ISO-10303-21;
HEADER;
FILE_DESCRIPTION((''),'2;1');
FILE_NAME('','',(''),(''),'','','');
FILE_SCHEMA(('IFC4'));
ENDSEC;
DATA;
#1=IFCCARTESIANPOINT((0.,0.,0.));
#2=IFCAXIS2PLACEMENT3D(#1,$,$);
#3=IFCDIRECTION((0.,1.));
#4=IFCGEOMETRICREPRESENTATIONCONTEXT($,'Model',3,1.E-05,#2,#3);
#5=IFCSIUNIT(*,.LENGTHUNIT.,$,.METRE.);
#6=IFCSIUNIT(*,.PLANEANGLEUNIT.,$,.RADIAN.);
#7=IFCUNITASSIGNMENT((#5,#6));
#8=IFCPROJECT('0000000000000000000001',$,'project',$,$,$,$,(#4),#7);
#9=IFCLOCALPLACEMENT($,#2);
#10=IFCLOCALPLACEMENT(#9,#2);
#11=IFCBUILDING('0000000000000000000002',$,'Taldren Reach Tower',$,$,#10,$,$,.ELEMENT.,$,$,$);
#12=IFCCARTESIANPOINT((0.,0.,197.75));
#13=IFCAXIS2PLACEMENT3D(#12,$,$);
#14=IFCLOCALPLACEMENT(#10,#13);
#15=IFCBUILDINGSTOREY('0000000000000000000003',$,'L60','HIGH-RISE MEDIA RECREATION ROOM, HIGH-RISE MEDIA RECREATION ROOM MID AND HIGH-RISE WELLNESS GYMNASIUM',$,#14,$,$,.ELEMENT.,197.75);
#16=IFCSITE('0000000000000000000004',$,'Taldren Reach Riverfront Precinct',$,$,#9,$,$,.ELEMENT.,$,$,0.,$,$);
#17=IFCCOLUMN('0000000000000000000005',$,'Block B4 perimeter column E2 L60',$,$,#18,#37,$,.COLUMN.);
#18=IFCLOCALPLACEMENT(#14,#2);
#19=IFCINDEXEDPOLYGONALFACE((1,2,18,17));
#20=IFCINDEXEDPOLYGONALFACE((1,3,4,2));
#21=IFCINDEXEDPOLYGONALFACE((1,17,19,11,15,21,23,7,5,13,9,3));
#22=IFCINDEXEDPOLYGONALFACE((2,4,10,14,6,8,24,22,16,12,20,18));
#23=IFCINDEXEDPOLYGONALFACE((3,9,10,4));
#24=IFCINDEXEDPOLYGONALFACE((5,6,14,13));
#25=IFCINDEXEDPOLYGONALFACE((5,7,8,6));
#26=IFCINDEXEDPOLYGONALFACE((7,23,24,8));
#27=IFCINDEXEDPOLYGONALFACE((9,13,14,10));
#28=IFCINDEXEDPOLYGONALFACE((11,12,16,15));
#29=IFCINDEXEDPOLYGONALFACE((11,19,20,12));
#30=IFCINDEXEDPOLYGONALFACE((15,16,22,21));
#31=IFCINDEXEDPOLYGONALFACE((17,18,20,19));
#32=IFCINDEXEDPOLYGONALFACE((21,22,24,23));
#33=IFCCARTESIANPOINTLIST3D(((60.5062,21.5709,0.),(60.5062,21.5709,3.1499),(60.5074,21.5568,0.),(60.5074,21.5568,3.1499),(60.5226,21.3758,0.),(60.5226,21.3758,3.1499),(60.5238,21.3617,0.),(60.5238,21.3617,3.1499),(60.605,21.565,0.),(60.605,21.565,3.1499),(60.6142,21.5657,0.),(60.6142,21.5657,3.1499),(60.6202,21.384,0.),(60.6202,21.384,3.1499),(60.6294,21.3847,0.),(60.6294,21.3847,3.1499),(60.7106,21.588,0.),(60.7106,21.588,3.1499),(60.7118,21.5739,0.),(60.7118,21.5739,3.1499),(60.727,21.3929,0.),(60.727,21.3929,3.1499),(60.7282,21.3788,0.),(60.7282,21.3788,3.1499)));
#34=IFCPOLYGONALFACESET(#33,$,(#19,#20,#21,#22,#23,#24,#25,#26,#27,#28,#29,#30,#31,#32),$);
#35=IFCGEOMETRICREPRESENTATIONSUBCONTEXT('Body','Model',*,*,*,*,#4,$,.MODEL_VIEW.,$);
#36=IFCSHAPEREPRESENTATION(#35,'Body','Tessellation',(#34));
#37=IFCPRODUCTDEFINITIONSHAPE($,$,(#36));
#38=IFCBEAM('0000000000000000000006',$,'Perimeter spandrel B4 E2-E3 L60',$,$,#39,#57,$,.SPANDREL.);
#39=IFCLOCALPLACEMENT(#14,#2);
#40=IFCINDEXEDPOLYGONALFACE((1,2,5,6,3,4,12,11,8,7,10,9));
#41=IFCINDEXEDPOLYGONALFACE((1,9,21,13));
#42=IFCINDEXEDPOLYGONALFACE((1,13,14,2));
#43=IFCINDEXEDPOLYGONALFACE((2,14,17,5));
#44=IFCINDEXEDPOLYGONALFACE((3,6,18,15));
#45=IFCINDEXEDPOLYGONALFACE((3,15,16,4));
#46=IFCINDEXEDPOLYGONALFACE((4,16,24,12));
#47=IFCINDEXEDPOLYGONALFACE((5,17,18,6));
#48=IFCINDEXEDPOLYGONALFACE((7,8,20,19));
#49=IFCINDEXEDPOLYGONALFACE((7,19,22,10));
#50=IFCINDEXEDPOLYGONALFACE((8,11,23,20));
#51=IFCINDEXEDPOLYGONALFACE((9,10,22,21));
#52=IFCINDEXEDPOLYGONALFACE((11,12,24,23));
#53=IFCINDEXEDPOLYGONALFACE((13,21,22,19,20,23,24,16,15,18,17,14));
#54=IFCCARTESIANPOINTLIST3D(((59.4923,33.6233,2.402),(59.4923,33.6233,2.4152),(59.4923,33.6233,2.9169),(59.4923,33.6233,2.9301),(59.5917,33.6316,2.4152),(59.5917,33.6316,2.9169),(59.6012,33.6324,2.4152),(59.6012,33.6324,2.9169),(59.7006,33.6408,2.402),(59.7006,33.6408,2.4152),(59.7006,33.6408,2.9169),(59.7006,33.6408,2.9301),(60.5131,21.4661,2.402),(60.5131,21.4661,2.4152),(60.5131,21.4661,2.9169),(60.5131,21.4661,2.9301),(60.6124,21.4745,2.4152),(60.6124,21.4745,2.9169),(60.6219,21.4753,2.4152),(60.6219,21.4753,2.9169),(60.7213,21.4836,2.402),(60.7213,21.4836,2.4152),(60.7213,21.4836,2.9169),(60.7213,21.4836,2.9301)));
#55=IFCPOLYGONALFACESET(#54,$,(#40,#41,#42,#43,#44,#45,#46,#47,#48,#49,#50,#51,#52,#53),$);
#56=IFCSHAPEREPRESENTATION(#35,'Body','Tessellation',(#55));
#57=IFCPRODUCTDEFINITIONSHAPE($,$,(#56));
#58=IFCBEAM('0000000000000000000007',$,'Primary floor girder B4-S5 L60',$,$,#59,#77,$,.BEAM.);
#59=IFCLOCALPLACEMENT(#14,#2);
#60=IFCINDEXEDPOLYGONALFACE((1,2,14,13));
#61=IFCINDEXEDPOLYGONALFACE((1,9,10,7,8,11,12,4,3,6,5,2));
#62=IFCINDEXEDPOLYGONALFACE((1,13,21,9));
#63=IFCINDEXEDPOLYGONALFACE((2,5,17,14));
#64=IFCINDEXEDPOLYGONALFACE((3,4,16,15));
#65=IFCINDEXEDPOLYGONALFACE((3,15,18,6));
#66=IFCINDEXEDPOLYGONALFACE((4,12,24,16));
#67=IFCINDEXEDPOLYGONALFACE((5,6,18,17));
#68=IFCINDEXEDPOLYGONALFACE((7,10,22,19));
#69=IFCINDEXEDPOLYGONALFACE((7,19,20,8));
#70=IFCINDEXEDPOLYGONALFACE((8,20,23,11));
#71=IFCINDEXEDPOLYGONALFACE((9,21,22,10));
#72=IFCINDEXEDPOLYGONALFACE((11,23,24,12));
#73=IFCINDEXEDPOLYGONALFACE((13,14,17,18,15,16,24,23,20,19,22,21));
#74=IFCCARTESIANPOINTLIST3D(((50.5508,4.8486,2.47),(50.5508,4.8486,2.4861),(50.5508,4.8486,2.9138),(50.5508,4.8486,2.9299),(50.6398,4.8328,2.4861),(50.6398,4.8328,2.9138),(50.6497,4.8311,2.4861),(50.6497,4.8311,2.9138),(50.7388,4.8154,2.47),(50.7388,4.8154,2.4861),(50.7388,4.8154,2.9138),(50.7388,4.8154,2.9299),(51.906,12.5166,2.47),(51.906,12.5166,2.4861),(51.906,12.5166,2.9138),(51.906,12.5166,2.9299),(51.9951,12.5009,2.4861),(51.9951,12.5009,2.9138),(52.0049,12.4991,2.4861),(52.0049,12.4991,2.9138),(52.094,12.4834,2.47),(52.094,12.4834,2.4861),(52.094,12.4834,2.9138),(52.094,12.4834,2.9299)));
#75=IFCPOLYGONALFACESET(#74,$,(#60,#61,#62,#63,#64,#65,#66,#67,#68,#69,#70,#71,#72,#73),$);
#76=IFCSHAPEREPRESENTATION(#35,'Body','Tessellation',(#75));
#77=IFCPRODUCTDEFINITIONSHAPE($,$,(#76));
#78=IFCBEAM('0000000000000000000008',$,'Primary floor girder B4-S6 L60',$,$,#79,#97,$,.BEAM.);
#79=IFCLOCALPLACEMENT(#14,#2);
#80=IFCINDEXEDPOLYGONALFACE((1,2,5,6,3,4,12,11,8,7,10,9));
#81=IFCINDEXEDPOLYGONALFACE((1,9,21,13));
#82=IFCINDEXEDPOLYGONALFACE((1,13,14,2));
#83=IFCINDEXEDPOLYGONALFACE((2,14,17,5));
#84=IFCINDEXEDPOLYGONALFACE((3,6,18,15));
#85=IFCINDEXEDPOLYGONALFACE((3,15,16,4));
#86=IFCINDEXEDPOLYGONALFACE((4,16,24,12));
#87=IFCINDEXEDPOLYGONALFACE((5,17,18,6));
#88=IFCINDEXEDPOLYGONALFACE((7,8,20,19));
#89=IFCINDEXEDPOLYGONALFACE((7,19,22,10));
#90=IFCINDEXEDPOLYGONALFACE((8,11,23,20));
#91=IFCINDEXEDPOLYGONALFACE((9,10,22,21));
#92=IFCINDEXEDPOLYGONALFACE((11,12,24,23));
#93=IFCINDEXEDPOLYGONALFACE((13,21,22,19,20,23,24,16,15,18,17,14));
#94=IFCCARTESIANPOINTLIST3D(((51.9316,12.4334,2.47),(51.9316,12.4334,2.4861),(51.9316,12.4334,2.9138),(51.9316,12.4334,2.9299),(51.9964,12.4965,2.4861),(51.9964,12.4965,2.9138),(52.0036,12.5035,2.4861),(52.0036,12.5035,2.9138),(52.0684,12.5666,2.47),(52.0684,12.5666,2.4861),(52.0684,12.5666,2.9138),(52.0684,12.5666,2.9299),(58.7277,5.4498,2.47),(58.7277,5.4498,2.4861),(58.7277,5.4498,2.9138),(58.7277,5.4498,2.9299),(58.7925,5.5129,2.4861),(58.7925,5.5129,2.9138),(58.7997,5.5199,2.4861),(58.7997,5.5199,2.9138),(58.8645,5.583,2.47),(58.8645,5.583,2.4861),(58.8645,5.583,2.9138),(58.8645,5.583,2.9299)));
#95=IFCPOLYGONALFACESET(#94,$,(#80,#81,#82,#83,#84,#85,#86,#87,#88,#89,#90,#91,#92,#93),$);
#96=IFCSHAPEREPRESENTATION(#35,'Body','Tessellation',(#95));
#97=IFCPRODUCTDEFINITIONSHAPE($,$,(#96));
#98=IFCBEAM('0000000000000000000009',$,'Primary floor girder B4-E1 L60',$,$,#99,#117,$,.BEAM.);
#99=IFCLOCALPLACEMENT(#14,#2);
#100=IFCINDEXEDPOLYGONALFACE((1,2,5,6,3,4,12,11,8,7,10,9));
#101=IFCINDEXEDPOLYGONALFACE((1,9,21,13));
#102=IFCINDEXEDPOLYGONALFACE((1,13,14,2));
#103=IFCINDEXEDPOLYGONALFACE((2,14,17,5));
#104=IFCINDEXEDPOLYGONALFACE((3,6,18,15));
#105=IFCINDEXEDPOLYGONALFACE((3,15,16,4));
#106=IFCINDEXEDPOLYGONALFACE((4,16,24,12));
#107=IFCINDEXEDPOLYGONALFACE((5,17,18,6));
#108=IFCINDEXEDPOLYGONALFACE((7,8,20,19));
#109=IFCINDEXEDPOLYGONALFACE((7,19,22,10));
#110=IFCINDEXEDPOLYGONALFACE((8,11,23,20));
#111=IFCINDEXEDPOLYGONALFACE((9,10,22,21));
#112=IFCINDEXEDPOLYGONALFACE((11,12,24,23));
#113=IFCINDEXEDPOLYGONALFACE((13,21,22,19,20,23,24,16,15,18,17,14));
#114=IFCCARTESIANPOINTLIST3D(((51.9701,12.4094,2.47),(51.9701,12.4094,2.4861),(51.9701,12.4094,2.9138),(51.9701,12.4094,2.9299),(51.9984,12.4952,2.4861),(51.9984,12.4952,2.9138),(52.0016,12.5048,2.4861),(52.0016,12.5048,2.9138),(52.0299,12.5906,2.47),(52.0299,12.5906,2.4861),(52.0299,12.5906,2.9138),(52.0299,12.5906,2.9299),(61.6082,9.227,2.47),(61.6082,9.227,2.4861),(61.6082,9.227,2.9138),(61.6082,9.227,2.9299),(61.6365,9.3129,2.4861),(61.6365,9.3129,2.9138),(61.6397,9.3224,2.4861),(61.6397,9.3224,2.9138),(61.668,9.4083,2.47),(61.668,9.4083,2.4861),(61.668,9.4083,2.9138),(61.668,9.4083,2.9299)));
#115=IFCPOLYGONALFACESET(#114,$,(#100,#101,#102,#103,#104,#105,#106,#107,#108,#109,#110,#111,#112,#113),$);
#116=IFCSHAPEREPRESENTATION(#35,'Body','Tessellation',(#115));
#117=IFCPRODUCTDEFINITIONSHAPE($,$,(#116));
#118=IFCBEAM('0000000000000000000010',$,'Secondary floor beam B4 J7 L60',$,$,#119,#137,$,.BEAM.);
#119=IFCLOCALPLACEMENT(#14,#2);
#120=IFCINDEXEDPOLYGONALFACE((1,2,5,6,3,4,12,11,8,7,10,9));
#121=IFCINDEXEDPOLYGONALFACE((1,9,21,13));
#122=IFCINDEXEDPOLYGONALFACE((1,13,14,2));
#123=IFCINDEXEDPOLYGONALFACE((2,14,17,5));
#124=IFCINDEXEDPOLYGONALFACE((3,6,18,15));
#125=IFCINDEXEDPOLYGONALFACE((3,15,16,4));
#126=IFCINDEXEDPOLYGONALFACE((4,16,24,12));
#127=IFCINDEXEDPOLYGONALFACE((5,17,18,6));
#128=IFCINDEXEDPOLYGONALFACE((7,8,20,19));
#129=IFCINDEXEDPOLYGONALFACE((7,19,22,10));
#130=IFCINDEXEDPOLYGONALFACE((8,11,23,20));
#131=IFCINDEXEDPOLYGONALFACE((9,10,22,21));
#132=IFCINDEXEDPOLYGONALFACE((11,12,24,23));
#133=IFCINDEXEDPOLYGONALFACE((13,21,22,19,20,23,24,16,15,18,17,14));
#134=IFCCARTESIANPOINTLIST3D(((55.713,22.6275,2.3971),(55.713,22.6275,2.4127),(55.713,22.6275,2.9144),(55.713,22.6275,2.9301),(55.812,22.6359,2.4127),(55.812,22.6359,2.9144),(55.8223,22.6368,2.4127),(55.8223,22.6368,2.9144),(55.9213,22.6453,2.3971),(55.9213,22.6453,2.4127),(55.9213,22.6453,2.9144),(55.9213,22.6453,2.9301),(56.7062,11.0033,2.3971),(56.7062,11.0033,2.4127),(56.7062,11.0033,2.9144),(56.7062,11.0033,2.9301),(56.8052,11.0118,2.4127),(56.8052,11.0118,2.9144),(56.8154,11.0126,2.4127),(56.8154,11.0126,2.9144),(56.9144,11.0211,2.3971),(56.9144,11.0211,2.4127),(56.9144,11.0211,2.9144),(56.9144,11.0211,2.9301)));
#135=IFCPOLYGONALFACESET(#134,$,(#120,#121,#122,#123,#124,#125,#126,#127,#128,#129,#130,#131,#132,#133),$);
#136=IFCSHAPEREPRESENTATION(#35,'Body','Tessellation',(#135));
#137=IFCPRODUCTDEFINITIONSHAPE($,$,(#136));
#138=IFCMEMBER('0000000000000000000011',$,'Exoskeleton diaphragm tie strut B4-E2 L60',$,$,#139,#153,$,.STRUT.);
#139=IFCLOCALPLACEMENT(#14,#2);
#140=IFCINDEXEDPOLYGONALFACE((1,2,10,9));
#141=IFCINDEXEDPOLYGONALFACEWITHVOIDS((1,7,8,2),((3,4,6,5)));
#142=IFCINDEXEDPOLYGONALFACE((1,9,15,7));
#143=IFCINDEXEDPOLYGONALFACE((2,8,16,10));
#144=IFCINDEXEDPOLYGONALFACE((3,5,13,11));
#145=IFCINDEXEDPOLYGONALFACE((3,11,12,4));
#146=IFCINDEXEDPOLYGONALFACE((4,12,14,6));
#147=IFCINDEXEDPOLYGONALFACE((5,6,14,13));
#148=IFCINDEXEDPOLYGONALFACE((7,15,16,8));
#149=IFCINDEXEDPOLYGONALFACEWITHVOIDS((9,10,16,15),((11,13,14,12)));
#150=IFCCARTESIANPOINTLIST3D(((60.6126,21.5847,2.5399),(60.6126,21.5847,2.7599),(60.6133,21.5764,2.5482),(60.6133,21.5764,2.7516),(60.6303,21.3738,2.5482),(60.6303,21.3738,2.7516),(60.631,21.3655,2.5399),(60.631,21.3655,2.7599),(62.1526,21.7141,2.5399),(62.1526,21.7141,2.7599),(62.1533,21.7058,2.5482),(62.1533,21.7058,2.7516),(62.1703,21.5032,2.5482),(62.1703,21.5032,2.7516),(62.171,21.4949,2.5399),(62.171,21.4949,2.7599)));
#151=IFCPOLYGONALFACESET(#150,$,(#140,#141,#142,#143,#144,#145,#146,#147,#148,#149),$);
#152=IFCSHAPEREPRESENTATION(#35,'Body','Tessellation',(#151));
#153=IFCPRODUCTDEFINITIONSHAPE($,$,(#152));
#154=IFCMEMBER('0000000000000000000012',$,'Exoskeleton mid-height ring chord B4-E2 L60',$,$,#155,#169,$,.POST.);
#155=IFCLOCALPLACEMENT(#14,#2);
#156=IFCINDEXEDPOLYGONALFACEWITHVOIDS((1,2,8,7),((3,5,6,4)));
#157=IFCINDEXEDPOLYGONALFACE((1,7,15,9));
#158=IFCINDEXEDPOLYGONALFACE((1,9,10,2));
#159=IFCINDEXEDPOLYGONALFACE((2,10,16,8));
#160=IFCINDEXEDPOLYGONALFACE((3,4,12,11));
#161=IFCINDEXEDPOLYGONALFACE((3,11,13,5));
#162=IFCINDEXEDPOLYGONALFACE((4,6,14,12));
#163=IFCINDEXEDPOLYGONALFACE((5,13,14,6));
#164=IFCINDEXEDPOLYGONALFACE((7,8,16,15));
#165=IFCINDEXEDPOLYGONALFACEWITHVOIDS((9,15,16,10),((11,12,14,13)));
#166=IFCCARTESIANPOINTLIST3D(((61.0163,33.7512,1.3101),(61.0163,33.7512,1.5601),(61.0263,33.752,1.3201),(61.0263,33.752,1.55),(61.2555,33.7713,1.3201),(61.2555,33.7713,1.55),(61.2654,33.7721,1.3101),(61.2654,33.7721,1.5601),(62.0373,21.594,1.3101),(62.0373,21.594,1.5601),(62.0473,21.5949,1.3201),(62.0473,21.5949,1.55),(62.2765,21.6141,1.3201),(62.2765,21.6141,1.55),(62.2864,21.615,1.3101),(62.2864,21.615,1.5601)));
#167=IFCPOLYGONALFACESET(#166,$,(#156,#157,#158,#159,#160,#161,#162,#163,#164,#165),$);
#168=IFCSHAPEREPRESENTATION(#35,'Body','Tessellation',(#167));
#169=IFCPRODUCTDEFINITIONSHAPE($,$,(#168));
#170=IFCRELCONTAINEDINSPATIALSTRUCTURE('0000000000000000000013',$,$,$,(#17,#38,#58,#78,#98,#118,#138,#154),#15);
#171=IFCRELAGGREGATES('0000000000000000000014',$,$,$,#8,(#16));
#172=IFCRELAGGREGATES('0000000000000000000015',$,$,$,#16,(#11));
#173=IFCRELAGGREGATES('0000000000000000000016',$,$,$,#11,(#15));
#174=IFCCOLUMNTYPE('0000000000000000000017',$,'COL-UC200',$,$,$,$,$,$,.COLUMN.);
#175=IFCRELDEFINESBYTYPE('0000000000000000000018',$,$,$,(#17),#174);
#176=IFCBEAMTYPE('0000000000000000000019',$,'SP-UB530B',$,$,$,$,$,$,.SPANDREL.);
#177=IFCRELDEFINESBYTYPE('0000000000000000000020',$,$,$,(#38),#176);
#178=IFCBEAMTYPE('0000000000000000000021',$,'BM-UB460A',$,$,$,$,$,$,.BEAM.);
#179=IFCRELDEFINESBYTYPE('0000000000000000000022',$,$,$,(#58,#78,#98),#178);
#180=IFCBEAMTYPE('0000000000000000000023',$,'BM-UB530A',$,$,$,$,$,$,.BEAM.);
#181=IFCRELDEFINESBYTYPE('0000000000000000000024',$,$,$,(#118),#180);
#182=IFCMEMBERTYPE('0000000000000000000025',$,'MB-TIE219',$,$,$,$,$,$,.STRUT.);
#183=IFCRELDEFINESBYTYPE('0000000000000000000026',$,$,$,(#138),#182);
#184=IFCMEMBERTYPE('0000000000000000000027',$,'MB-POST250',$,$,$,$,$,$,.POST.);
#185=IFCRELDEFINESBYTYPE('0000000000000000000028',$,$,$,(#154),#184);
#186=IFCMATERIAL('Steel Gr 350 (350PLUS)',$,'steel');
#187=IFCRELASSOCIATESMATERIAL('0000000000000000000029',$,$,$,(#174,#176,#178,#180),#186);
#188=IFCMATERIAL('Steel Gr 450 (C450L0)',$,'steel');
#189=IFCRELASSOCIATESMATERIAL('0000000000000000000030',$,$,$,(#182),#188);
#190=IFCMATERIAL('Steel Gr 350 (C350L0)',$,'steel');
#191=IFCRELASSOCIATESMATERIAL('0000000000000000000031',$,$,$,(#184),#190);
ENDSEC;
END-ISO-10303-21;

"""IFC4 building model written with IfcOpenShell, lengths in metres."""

from ifc_helpers import new_model, si_unit, direction, frame, origin, origin_2d, place, context, subcontext, project, spatial, hollow_rectangle, i_section, extrude, source, transform, mapped, material, material_profile, profile_set, type_object, element, save


model = new_model("IFC4")

# Units and contexts
model_context = context("Model", 3, precision=1e-05, world=origin(), true_north=direction((0.0, 1.0)))
body_context = subcontext(model_context, "Body", "Model", "MODEL_VIEW")
ifc_project = project(units=[si_unit("LENGTHUNIT", "METRE"), si_unit("PLANEANGLEUNIT", "RADIAN")], contexts=[model_context])

# Site, building, storey
site_placement = place(None, origin())
site = spatial("IfcSite", under=ifc_project, at=site_placement, Name="Taldren Reach Riverfront Precinct", CompositionType="ELEMENT", RefElevation=0.0)
building_placement = place(site_placement, origin())
building = spatial("IfcBuilding", under=site, at=building_placement, Name="Taldren Reach Tower", CompositionType="ELEMENT")
storey_placement = place(building_placement, frame((0.0, 0.0, 197.75)))
storey = spatial("IfcBuildingStorey", under=building, at=storey_placement, Name="L60", Description="HIGH-RISE MEDIA RECREATION ROOM, HIGH-RISE MEDIA RECREATION ROOM MID AND HIGH-RISE WELLNESS GYMNASIUM", CompositionType="ELEMENT", Elevation=197.75)

# Column
ifc_material_1 = material(Name="Steel Gr 350 (350PLUS)", Category="steel")
ifc_material_profile_1 = material_profile(ifc_material_1, i_section(OverallWidth=0.2051, OverallDepth=0.21, WebThickness=0.0093, FlangeThickness=0.0142, at=origin_2d()), Name="200UC59.5")
ifc_profile_set_1 = profile_set([ifc_material_profile_1], Name="Steel Gr 350 (350PLUS)")
column_type = type_object("IfcColumnType", Name="COL-UC200", PredefinedType="COLUMN", material=ifc_profile_set_1)
shared_shape_1 = source(origin(), body_context, "Body", "SweptSolid", [
    extrude(i_section(OverallWidth=0.2051, OverallDepth=0.21, WebThickness=0.0093, FlangeThickness=0.0142, at=origin_2d()), origin(), (0.0, 0.0, 1.0), 3.1499),
])
column_placement = place(storey_placement, frame((60.6172, 21.4749, 0.0), z_axis=(0.0, 0.0, 1.0), x_axis=(0.996493, 0.083678, 0.0)))
element("IfcColumn", 1, at=column_placement, inside=storey, type_object=column_type, Name="Block B4 perimeter column E2 L60", PredefinedType="COLUMN", context=body_context, shape_type="MappedRepresentation", body=[
    mapped(shared_shape_1, transform((0.0, 0.0, 0.0), scale=1.0)),
])

# Beams
ifc_material_profile_2 = material_profile(ifc_material_1, i_section(OverallWidth=0.209, OverallDepth=0.5281, WebThickness=0.0095, FlangeThickness=0.0132, at=origin_2d()), Name="530UB82.0")
ifc_profile_set_2 = profile_set([ifc_material_profile_2], Name="Steel Gr 350 (350PLUS)")
beam_type_1 = type_object("IfcBeamType", Name="SP-UB530B", PredefinedType="SPANDREL", material=ifc_profile_set_2)
shared_shape_2 = source(origin(), body_context, "Body", "SweptSolid", [
    extrude(i_section(OverallWidth=0.209, OverallDepth=0.5281, WebThickness=0.0095, FlangeThickness=0.0132, at=origin_2d()), origin(), (0.0, 0.0, 1.0), 12.2),
])
beam_1_placement = place(storey_placement, frame((60.6172, 21.4749, 2.666), z_axis=(-0.083668, 0.996494, 0.0), x_axis=(-0.996494, -0.083668, 0.0)))
element("IfcBeam", 2, at=beam_1_placement, inside=storey, type_object=beam_type_1, Name="Perimeter spandrel B4 E2-E3 L60", PredefinedType="SPANDREL", context=body_context, shape_type="MappedRepresentation", body=[
    mapped(shared_shape_2, transform((0.0, 0.0, 0.0), scale=1.0)),
])
ifc_material_profile_3 = material_profile(ifc_material_1, i_section(OverallWidth=0.1909, OverallDepth=0.46, WebThickness=0.01, FlangeThickness=0.0161, at=origin_2d()), Name="460UB82.1")
ifc_profile_set_3 = profile_set([ifc_material_profile_3], Name="Steel Gr 350 (350PLUS)")
beam_type_2 = type_object("IfcBeamType", Name="BM-UB460A", PredefinedType="BEAM", material=ifc_profile_set_3)
shared_shape_3 = source(origin(), body_context, "Body", "SweptSolid", [
    extrude(i_section(OverallWidth=0.1909, OverallDepth=0.46, WebThickness=0.01, FlangeThickness=0.0161, at=origin_2d()), origin(), (0.0, 0.0, 1.0), 7.7869),
])
beam_2_placement = place(storey_placement, frame((52.0, 12.5, 2.7), z_axis=(-0.174041, -0.984738, 0.0), x_axis=(0.984738, -0.174041, 0.0)))
element("IfcBeam", 3, at=beam_2_placement, inside=storey, type_object=beam_type_2, Name="Primary floor girder B4-S5 L60", PredefinedType="BEAM", context=body_context, shape_type="MappedRepresentation", body=[
    mapped(shared_shape_3, transform((0.0, 0.0, 0.0), scale=1.0)),
])
shared_shape_4 = source(origin(), body_context, "Body", "SweptSolid", [
    extrude(i_section(OverallWidth=0.1909, OverallDepth=0.46, WebThickness=0.01, FlangeThickness=0.0161, at=origin_2d()), origin(), (0.0, 0.0, 1.0), 9.7446),
])
beam_3_placement = place(storey_placement, frame((52.0, 12.5, 2.7), z_axis=(0.697421, -0.716662, 0.0), x_axis=(0.716662, 0.697421, 0.0)))
element("IfcBeam", 4, at=beam_3_placement, inside=storey, type_object=beam_type_2, Name="Primary floor girder B4-S6 L60", PredefinedType="BEAM", context=body_context, shape_type="MappedRepresentation", body=[
    mapped(shared_shape_4, transform((0.0, 0.0, 0.0), scale=1.0)),
])
shared_shape_5 = source(origin(), body_context, "Body", "SweptSolid", [
    extrude(i_section(OverallWidth=0.1909, OverallDepth=0.46, WebThickness=0.01, FlangeThickness=0.0161, at=origin_2d()), origin(), (0.0, 0.0, 1.0), 10.1499),
])
beam_4_placement = place(storey_placement, frame((52.0, 12.5, 2.7), z_axis=(0.949577, -0.313535, 0.0), x_axis=(0.313535, 0.949577, 0.0)))
element("IfcBeam", 5, at=beam_4_placement, inside=storey, type_object=beam_type_2, Name="Primary floor girder B4-E1 L60", PredefinedType="BEAM", context=body_context, shape_type="MappedRepresentation", body=[
    mapped(shared_shape_5, transform((0.0, 0.0, 0.0), scale=1.0)),
])
ifc_material_profile_4 = material_profile(ifc_material_1, i_section(OverallWidth=0.209, OverallDepth=0.533, WebThickness=0.0103, FlangeThickness=0.0156, at=origin_2d()), Name="530UB92.4")
ifc_profile_set_4 = profile_set([ifc_material_profile_4], Name="Steel Gr 350 (350PLUS)")
beam_type_3 = type_object("IfcBeamType", Name="BM-UB530A", PredefinedType="BEAM", material=ifc_profile_set_4)
shared_shape_6 = source(origin(), body_context, "Body", "SweptSolid", [
    extrude(i_section(OverallWidth=0.209, OverallDepth=0.533, WebThickness=0.0103, FlangeThickness=0.0156, at=origin_2d()), origin(), (0.0, 0.0, 1.0), 11.6665),
])
beam_5_placement = place(storey_placement, frame((56.8103, 11.0122, 2.6636), z_axis=(-0.085129, 0.99637, 0.0), x_axis=(-0.99637, -0.085129, 0.0)))
element("IfcBeam", 6, at=beam_5_placement, inside=storey, type_object=beam_type_3, Name="Secondary floor beam B4 J7 L60", PredefinedType="BEAM", context=body_context, shape_type="MappedRepresentation", body=[
    mapped(shared_shape_6, transform((0.0, 0.0, 0.0), scale=1.0)),
])

# Members
ifc_material_2 = material(Name="Steel Gr 450 (C450L0)", Category="steel")
ifc_material_profile_5 = material_profile(ifc_material_2, hollow_rectangle(XDim=0.22, YDim=0.22, WallThickness=0.0083, at=origin_2d()), Name="220x220x8.2SHS")
ifc_profile_set_5 = profile_set([ifc_material_profile_5], Name="Steel Gr 450 (C450L0)")
member_type_1 = type_object("IfcMemberType", Name="MB-TIE219", PredefinedType="STRUT", material=ifc_profile_set_5)
shared_shape_7 = source(origin(), body_context, "Body", "SweptSolid", [
    extrude(hollow_rectangle(XDim=0.22, YDim=0.22, WallThickness=0.0083, at=origin_2d()), origin(), (0.0, 0.0, 1.0), 1.5454),
])
member_1_placement = place(storey_placement, frame((60.6218, 21.4751, 2.6499), z_axis=(0.996489, 0.083725, 0.0), x_axis=(-0.083725, 0.996489, 0.0)))
element("IfcMember", 7, at=member_1_placement, inside=storey, type_object=member_type_1, Name="Exoskeleton diaphragm tie strut B4-E2 L60", PredefinedType="STRUT", context=body_context, shape_type="MappedRepresentation", body=[
    mapped(shared_shape_7, transform((0.0, 0.0, 0.0), scale=1.0)),
])
ifc_material_3 = material(Name="Steel Gr 350 (C350L0)", Category="steel")
ifc_material_profile_6 = material_profile(ifc_material_3, hollow_rectangle(XDim=0.25, YDim=0.25, WallThickness=0.01, at=origin_2d()), Name="250x250x10.0SHS")
ifc_profile_set_6 = profile_set([ifc_material_profile_6], Name="Steel Gr 350 (C350L0)")
member_type_2 = type_object("IfcMemberType", Name="MB-POST250", PredefinedType="POST", material=ifc_profile_set_6)
shared_shape_8 = source(origin(), body_context, "Body", "SweptSolid", [
    extrude(hollow_rectangle(XDim=0.25, YDim=0.25, WallThickness=0.01, at=origin_2d()), origin(), (0.0, 0.0, 1.0), 12.2),
])
member_2_placement = place(storey_placement, frame((62.1619, 21.6045, 1.4351), z_axis=(-0.083688, 0.996492, 0.0), x_axis=(-0.996492, -0.083688, 0.0)))
element("IfcMember", 8, at=member_2_placement, inside=storey, type_object=member_type_2, Name="Exoskeleton mid-height ring chord B4-E2 L60", PredefinedType="POST", context=body_context, shape_type="MappedRepresentation", body=[
    mapped(shared_shape_8, transform((0.0, 0.0, 0.0), scale=1.0)),
])

save(model, "model.ifc")
